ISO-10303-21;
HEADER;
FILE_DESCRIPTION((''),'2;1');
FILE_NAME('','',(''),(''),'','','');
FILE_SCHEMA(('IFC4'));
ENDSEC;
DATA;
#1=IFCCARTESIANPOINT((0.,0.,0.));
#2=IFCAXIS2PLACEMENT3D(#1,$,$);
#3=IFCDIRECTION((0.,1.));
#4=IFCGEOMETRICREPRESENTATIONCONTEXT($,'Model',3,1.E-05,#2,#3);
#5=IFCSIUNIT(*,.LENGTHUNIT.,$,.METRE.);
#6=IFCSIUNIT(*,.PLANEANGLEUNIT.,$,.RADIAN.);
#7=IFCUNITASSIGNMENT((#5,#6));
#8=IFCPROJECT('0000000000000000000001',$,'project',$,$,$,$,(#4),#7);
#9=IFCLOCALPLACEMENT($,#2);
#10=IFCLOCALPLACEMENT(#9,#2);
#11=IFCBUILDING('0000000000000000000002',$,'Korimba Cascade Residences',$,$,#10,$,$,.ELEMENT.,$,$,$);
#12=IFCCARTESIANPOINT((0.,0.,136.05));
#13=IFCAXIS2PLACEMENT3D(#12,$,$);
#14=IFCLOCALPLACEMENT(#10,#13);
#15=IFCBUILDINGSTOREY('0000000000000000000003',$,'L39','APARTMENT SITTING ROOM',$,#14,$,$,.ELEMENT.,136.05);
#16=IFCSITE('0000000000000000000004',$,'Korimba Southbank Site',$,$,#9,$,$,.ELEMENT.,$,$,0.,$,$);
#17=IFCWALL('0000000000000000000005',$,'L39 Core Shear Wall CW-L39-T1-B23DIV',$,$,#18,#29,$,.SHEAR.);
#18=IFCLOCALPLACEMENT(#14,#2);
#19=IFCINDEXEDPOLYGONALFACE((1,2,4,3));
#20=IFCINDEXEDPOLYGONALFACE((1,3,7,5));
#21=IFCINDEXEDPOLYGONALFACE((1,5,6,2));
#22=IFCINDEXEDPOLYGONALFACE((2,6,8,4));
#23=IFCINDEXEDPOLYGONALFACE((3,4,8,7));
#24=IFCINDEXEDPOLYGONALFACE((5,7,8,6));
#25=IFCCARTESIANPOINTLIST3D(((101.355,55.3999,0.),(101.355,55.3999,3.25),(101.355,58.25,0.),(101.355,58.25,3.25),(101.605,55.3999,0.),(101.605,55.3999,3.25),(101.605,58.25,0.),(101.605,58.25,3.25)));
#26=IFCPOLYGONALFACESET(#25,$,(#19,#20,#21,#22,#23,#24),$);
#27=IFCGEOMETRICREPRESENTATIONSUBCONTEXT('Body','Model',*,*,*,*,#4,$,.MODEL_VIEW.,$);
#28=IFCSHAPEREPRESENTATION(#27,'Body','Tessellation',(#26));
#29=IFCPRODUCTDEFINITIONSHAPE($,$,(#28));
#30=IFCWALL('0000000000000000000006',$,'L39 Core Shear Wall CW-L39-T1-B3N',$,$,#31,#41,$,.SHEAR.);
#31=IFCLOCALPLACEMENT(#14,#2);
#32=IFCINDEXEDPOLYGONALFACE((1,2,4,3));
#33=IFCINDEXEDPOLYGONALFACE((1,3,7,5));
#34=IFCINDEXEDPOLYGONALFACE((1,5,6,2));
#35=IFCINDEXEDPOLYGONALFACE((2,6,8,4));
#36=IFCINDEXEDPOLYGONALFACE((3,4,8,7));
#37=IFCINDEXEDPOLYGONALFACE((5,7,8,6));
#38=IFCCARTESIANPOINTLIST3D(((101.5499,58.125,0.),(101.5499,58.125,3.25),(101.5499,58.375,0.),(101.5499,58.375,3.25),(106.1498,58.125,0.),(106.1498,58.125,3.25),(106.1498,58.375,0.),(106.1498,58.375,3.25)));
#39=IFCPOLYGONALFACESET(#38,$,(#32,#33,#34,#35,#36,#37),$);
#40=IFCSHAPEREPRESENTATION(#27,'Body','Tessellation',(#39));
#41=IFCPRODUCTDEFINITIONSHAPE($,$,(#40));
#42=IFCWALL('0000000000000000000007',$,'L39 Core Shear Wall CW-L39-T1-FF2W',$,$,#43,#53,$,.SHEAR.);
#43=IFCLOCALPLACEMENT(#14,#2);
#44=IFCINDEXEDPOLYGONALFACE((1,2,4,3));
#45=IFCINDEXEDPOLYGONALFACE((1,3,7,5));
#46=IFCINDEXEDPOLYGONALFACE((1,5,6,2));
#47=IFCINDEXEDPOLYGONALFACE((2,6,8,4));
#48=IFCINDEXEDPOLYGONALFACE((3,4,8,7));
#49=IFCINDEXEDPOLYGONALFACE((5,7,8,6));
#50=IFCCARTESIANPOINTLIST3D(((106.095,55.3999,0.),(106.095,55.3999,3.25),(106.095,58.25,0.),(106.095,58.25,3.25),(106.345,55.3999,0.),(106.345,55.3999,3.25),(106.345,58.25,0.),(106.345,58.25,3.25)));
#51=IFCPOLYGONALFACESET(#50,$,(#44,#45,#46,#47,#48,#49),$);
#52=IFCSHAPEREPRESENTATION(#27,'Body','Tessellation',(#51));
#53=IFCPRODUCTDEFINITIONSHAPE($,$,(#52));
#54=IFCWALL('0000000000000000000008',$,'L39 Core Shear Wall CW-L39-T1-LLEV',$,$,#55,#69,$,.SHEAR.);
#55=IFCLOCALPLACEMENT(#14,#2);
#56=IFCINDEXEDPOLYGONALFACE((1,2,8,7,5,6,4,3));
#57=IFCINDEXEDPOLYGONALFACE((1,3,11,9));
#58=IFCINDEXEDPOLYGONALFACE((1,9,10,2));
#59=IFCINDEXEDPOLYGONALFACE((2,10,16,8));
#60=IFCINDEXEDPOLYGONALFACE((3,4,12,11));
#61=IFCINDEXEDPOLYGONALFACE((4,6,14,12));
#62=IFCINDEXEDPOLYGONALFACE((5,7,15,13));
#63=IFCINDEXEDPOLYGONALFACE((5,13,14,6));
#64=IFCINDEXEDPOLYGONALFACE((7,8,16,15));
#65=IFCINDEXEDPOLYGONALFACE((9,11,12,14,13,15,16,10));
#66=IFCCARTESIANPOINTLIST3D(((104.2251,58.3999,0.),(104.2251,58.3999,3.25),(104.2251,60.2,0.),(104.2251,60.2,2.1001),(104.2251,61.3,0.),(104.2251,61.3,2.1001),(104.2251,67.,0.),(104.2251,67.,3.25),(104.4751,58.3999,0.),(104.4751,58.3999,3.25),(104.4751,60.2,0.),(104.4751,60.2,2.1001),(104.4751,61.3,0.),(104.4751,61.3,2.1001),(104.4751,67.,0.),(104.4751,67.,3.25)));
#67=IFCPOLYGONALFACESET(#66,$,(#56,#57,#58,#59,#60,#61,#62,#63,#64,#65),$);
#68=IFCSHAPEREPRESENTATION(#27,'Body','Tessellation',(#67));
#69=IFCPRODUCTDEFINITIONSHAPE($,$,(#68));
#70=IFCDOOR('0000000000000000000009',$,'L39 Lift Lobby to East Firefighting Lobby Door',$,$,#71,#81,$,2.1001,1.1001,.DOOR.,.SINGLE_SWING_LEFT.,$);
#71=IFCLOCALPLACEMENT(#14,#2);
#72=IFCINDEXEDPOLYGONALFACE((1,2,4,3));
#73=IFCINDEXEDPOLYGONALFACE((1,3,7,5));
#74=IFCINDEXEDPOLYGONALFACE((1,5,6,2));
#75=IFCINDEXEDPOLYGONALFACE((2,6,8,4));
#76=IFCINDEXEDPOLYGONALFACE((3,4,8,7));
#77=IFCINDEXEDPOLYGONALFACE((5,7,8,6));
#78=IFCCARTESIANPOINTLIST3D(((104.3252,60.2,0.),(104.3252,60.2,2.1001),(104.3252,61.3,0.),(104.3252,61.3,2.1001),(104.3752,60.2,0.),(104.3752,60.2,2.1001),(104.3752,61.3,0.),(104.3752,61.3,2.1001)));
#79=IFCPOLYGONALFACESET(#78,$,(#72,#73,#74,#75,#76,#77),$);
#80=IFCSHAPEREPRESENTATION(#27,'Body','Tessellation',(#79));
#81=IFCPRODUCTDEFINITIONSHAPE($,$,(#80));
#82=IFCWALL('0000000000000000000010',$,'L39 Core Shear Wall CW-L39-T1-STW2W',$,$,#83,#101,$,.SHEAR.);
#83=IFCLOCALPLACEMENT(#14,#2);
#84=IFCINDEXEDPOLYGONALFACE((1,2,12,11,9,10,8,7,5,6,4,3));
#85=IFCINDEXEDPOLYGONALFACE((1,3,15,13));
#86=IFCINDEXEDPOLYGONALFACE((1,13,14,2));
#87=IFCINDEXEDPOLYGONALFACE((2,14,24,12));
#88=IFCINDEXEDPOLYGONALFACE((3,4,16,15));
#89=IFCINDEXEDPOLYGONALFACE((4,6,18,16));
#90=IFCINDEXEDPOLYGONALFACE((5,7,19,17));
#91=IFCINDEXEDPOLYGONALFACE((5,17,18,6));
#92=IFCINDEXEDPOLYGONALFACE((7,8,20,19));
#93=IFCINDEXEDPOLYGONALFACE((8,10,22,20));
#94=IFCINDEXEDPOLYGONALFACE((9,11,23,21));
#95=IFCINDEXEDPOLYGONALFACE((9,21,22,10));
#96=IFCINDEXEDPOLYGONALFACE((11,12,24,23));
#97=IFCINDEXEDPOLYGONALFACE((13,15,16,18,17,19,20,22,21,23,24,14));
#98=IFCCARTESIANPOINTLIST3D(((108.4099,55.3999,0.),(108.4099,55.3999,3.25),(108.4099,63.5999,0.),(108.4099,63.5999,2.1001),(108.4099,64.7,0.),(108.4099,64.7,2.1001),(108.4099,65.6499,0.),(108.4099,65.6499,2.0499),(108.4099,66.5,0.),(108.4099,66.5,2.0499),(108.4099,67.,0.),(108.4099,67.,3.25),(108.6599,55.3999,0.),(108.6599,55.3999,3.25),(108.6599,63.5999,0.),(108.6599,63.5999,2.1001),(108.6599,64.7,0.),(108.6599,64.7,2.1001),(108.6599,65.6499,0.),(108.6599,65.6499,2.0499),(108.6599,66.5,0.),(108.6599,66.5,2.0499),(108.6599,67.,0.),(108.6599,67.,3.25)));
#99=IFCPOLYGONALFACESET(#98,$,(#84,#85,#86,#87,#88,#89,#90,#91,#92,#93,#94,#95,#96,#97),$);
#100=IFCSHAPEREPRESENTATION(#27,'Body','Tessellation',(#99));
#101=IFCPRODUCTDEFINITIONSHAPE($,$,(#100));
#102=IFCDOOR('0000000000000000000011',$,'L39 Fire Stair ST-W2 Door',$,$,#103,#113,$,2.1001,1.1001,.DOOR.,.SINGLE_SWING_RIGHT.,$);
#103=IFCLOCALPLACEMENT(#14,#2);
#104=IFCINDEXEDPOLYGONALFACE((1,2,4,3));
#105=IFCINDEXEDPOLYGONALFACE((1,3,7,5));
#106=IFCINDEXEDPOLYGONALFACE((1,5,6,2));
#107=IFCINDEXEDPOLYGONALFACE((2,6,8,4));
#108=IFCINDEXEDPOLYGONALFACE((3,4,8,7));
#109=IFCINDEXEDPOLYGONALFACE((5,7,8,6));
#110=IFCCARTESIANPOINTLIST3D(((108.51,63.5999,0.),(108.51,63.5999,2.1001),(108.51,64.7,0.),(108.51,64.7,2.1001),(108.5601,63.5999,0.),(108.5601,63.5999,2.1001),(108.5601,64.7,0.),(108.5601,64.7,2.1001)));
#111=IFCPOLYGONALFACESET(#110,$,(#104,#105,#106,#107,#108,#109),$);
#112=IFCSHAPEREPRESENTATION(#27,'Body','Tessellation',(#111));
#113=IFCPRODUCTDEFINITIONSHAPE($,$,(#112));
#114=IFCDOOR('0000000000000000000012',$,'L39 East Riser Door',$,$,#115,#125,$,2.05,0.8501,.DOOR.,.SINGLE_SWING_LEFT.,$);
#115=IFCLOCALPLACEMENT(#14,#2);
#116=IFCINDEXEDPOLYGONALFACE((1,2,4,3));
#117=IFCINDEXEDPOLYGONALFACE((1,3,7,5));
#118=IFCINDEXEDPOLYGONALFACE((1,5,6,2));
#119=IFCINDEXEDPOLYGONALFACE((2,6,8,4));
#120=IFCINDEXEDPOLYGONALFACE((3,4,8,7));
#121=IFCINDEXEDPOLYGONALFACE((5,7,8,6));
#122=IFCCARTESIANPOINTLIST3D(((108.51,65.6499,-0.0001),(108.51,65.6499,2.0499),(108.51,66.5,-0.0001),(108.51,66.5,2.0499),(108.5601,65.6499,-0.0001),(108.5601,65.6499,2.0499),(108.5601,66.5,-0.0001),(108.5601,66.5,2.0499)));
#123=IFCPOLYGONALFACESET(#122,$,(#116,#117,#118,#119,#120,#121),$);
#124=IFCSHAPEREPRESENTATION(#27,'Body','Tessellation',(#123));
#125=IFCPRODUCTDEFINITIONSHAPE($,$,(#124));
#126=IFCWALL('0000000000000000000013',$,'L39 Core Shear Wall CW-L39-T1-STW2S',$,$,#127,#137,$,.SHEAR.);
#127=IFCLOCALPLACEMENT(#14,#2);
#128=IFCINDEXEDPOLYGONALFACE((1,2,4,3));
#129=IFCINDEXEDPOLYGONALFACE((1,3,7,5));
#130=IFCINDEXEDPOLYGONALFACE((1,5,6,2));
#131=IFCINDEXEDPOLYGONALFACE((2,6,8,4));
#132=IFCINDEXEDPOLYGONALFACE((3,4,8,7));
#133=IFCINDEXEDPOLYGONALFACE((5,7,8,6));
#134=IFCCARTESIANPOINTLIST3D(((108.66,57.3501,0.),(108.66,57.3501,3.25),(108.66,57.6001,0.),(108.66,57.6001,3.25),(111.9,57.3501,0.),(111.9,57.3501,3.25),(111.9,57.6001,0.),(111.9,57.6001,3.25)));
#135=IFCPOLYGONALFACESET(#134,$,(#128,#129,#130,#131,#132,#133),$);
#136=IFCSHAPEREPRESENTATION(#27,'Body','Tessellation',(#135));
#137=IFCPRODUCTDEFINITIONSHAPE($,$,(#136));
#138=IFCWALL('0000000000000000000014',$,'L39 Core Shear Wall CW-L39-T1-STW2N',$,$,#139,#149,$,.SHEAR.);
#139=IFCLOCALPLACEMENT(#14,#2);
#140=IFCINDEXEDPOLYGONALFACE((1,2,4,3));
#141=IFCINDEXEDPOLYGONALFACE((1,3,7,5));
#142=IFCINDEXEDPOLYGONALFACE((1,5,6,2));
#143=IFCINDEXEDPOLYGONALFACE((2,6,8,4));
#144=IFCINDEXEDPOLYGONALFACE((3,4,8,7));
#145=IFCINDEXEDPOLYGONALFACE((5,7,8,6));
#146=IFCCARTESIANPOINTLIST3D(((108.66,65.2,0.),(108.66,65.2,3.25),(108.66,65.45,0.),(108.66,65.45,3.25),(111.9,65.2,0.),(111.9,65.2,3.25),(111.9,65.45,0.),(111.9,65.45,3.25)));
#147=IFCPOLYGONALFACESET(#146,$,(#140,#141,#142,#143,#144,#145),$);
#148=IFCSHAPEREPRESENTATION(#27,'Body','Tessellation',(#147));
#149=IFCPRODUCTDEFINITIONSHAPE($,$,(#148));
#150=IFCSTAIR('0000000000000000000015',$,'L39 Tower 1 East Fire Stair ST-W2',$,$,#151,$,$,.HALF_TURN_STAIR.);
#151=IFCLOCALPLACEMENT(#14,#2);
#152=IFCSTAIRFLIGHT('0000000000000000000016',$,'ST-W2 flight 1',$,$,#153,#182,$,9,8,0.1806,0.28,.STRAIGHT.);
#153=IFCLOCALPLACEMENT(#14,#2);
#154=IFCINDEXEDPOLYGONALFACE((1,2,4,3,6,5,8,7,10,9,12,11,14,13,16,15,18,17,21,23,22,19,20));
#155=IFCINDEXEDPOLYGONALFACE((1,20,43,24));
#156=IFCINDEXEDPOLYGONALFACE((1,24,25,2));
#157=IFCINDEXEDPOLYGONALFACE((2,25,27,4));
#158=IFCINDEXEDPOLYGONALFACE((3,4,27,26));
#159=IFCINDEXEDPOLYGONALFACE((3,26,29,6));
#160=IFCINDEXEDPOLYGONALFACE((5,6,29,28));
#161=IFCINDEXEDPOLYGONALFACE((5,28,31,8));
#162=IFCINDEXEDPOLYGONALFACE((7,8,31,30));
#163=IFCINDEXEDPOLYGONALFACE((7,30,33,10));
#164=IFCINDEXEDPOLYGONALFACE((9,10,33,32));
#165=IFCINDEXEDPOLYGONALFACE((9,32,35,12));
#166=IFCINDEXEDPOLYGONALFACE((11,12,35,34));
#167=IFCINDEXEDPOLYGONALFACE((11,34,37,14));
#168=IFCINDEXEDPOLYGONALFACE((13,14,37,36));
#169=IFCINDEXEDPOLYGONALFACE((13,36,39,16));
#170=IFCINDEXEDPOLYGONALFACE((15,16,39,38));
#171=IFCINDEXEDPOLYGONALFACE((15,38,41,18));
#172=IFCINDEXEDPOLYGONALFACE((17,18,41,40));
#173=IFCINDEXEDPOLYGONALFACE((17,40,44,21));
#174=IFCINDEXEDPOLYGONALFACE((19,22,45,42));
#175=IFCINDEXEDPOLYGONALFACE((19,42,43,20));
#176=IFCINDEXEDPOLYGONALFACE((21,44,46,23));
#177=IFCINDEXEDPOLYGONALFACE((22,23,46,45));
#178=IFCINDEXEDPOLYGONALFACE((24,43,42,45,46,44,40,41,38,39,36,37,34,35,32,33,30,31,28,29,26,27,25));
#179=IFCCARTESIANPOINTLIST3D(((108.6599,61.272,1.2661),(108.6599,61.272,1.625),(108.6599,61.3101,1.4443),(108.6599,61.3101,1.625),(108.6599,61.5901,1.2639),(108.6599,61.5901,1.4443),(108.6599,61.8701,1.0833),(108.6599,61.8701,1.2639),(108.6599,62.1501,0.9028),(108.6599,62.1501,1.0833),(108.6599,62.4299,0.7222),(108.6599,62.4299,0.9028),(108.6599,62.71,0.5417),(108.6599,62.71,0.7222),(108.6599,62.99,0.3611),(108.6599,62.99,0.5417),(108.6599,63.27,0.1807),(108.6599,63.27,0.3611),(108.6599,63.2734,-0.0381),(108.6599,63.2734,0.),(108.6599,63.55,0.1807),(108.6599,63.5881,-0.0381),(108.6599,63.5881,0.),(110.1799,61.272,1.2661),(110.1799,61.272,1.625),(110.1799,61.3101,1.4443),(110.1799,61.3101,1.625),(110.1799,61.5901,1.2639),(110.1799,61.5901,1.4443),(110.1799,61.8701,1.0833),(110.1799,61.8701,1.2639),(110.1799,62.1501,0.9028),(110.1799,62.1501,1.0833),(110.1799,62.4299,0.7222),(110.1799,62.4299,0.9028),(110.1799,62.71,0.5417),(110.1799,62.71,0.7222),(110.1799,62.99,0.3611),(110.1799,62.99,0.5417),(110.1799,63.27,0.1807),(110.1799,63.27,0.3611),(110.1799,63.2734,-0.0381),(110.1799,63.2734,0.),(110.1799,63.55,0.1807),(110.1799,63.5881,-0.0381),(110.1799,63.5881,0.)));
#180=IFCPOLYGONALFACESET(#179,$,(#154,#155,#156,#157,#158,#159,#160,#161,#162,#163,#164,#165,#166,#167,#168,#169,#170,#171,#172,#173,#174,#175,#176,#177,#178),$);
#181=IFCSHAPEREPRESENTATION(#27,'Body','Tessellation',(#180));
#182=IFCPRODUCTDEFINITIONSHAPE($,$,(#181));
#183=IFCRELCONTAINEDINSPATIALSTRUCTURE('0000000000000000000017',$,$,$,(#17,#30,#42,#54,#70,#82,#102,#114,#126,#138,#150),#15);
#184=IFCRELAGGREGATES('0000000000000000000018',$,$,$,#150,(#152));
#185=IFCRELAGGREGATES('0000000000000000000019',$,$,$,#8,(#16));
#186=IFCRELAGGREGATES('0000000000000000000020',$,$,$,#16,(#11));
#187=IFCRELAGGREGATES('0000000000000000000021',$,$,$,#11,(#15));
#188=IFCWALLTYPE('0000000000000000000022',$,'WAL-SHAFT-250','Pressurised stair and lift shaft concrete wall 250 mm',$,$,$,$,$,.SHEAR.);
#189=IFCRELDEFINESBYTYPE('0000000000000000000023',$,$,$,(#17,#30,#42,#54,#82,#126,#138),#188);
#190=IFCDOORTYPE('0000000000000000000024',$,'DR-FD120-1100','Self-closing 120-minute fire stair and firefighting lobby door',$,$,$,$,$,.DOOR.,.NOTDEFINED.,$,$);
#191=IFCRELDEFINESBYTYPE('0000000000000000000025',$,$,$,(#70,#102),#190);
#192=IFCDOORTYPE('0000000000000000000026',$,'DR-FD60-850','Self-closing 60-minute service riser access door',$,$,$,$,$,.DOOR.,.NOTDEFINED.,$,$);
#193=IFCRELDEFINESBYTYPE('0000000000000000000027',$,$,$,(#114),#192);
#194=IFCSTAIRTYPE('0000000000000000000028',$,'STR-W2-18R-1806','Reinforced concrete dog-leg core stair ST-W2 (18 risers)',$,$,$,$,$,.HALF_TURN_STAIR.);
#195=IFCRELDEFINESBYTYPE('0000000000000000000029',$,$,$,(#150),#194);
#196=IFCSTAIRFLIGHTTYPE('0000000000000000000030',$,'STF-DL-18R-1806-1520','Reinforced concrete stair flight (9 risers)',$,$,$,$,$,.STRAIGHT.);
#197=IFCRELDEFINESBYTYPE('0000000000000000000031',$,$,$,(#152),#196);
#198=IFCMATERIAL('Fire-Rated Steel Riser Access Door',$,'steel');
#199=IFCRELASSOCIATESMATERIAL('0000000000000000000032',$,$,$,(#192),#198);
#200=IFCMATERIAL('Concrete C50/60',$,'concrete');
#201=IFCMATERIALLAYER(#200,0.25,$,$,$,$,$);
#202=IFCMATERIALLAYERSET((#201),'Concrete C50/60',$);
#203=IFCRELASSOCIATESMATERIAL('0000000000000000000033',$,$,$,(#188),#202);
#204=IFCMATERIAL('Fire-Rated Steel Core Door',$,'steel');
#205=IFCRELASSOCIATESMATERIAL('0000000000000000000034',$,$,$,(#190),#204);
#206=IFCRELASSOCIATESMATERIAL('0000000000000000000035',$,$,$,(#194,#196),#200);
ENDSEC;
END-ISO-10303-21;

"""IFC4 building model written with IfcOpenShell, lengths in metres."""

from ifc_helpers import new_model, si_unit, direction, frame, frame_2d, origin, place, context, subcontext, project, spatial, polyline, rectangle, outline, extrude, material, layer, layer_set, type_object, element, fill, aggregate, save


model = new_model("IFC4")

# Units and contexts
model_context = context("Model", 3, precision=1e-05, world=origin(), true_north=direction((0.0, 1.0)))
body_context = subcontext(model_context, "Body", "Model", "MODEL_VIEW")
ifc_project = project(units=[si_unit("LENGTHUNIT", "METRE"), si_unit("PLANEANGLEUNIT", "RADIAN")], contexts=[model_context])

# Site, building, storey
site_placement = place(None, origin())
site = spatial("IfcSite", under=ifc_project, at=site_placement, Name="Korimba Southbank Site", CompositionType="ELEMENT", RefElevation=0.0)
building_placement = place(site_placement, origin())
building = spatial("IfcBuilding", under=site, at=building_placement, Name="Korimba Cascade Residences", CompositionType="ELEMENT")
storey_placement = place(building_placement, frame((0.0, 0.0, 136.05)))
storey = spatial("IfcBuildingStorey", under=building, at=storey_placement, Name="L39", Description="APARTMENT SITTING ROOM", CompositionType="ELEMENT", Elevation=136.05)

# Shared definitions
ifc_material_1 = material(Name="Fire-Rated Steel Riser Access Door", Category="steel")
door_type_1 = type_object("IfcDoorType", Name="DR-FD60-850", Description="Self-closing 60-minute service riser access door", OperationType="NOTDEFINED", PredefinedType="DOOR", material=ifc_material_1)

# Walls
ifc_material_2 = material(Name="Concrete C50/60", Category="concrete")
ifc_layer_1 = layer(ifc_material_2, 0.25)
ifc_layer_set_1 = layer_set([ifc_layer_1], Name="Concrete C50/60")
wall_type_1 = type_object("IfcWallType", Name="WAL-SHAFT-250", Description="Pressurised stair and lift shaft concrete wall 250 mm", PredefinedType="SHEAR", material=ifc_layer_set_1)
wall_1_placement = place(storey_placement, frame((101.48, 55.3999, 0.0), z_axis=(0.0, 0.0, 1.0), x_axis=(0.0, 1.0, 0.0)))
element("IfcWall", 1, at=wall_1_placement, inside=storey, type_object=wall_type_1, Name="L39 Core Shear Wall CW-L39-T1-B23DIV", PredefinedType="SHEAR", context=body_context, shape_type="SweptSolid", body=[
    extrude(rectangle(XDim=2.8501, YDim=0.25, at=frame_2d((1.425, 0.0))), origin(), (0.0, 0.0, 1.0), 3.25),
])
wall_2_placement = place(storey_placement, frame((101.55, 58.25, 0.0), z_axis=(0.0, 0.0, 1.0), x_axis=(1.0, 0.0, 0.0)))
element("IfcWall", 2, at=wall_2_placement, inside=storey, type_object=wall_type_1, Name="L39 Core Shear Wall CW-L39-T1-B3N", PredefinedType="SHEAR", context=body_context, shape_type="SweptSolid", body=[
    extrude(rectangle(XDim=4.5999, YDim=0.25, at=frame_2d((2.2998, 0.0))), origin(), (0.0, 0.0, 1.0), 3.25),
])
wall_3_placement = place(storey_placement, frame((106.22, 55.3999, 0.0), z_axis=(0.0, 0.0, 1.0), x_axis=(0.0, 1.0, 0.0)))
element("IfcWall", 3, at=wall_3_placement, inside=storey, type_object=wall_type_1, Name="L39 Core Shear Wall CW-L39-T1-FF2W", PredefinedType="SHEAR", context=body_context, shape_type="SweptSolid", body=[
    extrude(rectangle(XDim=2.8501, YDim=0.25, at=frame_2d((1.425, 0.0))), origin(), (0.0, 0.0, 1.0), 3.25),
])

# Wall, opening, door
wall_4_placement = place(storey_placement, frame((104.3501, 58.3999, 0.0), z_axis=(0.0, 0.0, 1.0), x_axis=(0.0, 1.0, 0.0)))
wall_4 = element("IfcWall", 4, at=wall_4_placement, inside=storey, type_object=wall_type_1, Name="L39 Core Shear Wall CW-L39-T1-LLEV", PredefinedType="SHEAR", context=body_context, shape_type="SweptSolid", body=[
    extrude(rectangle(XDim=8.6001, YDim=0.25, at=frame_2d((4.3, 0.0))), origin(), (0.0, 0.0, 1.0), 3.25),
])
opening_1_placement = place(wall_4_placement, frame((1.8, 0.0, 0.0)))
opening_1 = element("IfcOpeningElement", 5, at=opening_1_placement, cuts=wall_4, PredefinedType="OPENING", context=body_context, shape_type="SweptSolid", body=[
    extrude(rectangle(XDim=1.1001, YDim=2.1001, at=frame_2d((0.55, 1.05))), frame((0.0, 0.135, 0.0), z_axis=(0.0, -1.0, 0.0), x_axis=(1.0, 0.0, 0.0)), (0.0, 0.0, 1.0), 0.27),
])
ifc_material_3 = material(Name="Fire-Rated Steel Core Door", Category="steel")
door_type_2 = type_object("IfcDoorType", Name="DR-FD120-1100", Description="Self-closing 120-minute fire stair and firefighting lobby door", OperationType="NOTDEFINED", PredefinedType="DOOR", material=ifc_material_3)
door_1_placement = place(opening_1_placement, origin())
door_1 = element("IfcDoor", 6, at=door_1_placement, inside=storey, type_object=door_type_2, Name="L39 Lift Lobby to East Firefighting Lobby Door", OperationType="SINGLE_SWING_LEFT", OverallHeight=2.1001, OverallWidth=1.1001, PredefinedType="DOOR", context=body_context, shape_type="SweptSolid", body=[
    extrude(rectangle(XDim=1.1001, YDim=2.1001, at=frame_2d((0.55, 1.05))), frame((0.0, 0.0249, 0.0), z_axis=(0.0, -1.0, 0.0), x_axis=(1.0, 0.0, 0.0)), (0.0, 0.0, 1.0), 0.05),
])
fill(opening_1, door_1)

# Wall, openings, doors
wall_5_placement = place(storey_placement, frame((108.5349, 55.3999, 0.0), z_axis=(0.0, 0.0, 1.0), x_axis=(0.0, 1.0, 0.0)))
wall_5 = element("IfcWall", 7, at=wall_5_placement, inside=storey, type_object=wall_type_1, Name="L39 Core Shear Wall CW-L39-T1-STW2W", PredefinedType="SHEAR", context=body_context, shape_type="SweptSolid", body=[
    extrude(rectangle(XDim=11.6001, YDim=0.25, at=frame_2d((5.8, 0.0))), origin(), (0.0, 0.0, 1.0), 3.25),
])
opening_2_placement = place(wall_5_placement, frame((8.2, 0.0, 0.0)))
opening_2 = element("IfcOpeningElement", 8, at=opening_2_placement, cuts=wall_5, PredefinedType="OPENING", context=body_context, shape_type="SweptSolid", body=[
    extrude(rectangle(XDim=1.1001, YDim=2.1001, at=frame_2d((0.55, 1.05))), frame((0.0, 0.135, 0.0), z_axis=(0.0, -1.0, 0.0), x_axis=(1.0, 0.0, 0.0)), (0.0, 0.0, 1.0), 0.27),
])
opening_3_placement = place(wall_5_placement, frame((10.25, 0.0, 0.0)))
opening_3 = element("IfcOpeningElement", 9, at=opening_3_placement, cuts=wall_5, PredefinedType="OPENING", context=body_context, shape_type="SweptSolid", body=[
    extrude(rectangle(XDim=0.8501, YDim=2.05, at=frame_2d((0.425, 1.0249))), frame((0.0, 0.135, 0.0), z_axis=(0.0, -1.0, 0.0), x_axis=(1.0, 0.0, 0.0)), (0.0, 0.0, 1.0), 0.27),
])
door_2_placement = place(opening_2_placement, origin())
door_2 = element("IfcDoor", 10, at=door_2_placement, inside=storey, type_object=door_type_2, Name="L39 Fire Stair ST-W2 Door", OperationType="SINGLE_SWING_RIGHT", OverallHeight=2.1001, OverallWidth=1.1001, PredefinedType="DOOR", context=body_context, shape_type="SweptSolid", body=[
    extrude(rectangle(XDim=1.1001, YDim=2.1001, at=frame_2d((0.55, 1.05))), frame((0.0, 0.0249, 0.0), z_axis=(0.0, -1.0, 0.0), x_axis=(1.0, 0.0, 0.0)), (0.0, 0.0, 1.0), 0.05),
])
fill(opening_2, door_2)
door_3_placement = place(opening_3_placement, origin())
door_3 = element("IfcDoor", 11, at=door_3_placement, inside=storey, type_object=door_type_1, Name="L39 East Riser Door", OperationType="SINGLE_SWING_LEFT", OverallHeight=2.05, OverallWidth=0.8501, PredefinedType="DOOR", context=body_context, shape_type="SweptSolid", body=[
    extrude(rectangle(XDim=0.8501, YDim=2.05, at=frame_2d((0.425, 1.0249))), frame((0.0, 0.0249, 0.0), z_axis=(0.0, -1.0, 0.0), x_axis=(1.0, 0.0, 0.0)), (0.0, 0.0, 1.0), 0.05),
])
fill(opening_3, door_3)

# Walls
for number, where, z_axis, x_axis, name in (
    (12, (108.6599, 57.4751, 0.0), (0.0, 0.0, 1.0), (1.0, 0.0, 0.0), "L39 Core Shear Wall CW-L39-T1-STW2S"),
    (13, (108.6599, 65.325, 0.0), (0.0, 0.0, 1.0), (1.0, 0.0, 0.0), "L39 Core Shear Wall CW-L39-T1-STW2N"),
):
    element("IfcWall", number, at=place(storey_placement, frame(where, z_axis=z_axis, x_axis=x_axis)), inside=storey, type_object=wall_type_1, Name=name, PredefinedType="SHEAR", context=body_context, shape_type="SweptSolid", body=[
        extrude(rectangle(XDim=3.24, YDim=0.25, at=frame_2d((1.6201, 0.0))), origin(), (0.0, 0.0, 1.0), 3.25),
    ])

# Stair, stair flight
stair_type = type_object("IfcStairType", Name="STR-W2-18R-1806", Description="Reinforced concrete dog-leg core stair ST-W2 (18 risers)", PredefinedType="HALF_TURN_STAIR", material=ifc_material_2)
stair_placement = place(storey_placement, origin())
stair = element("IfcStair", 14, at=stair_placement, inside=storey, type_object=stair_type, Name="L39 Tower 1 East Fire Stair ST-W2", PredefinedType="HALF_TURN_STAIR")
stair_flight_type = type_object("IfcStairFlightType", Name="STF-DL-18R-1806-1520", Description="Reinforced concrete stair flight (9 risers)", PredefinedType="STRAIGHT", material=ifc_material_2)
stair_flight_placement = place(storey_placement, frame((109.4199, 63.55, 0.0), z_axis=(0.0, 0.0, 1.0), x_axis=(0.0, -1.0, 0.0)))
stair_flight = element("IfcStairFlight", 15, at=stair_flight_placement, type_object=stair_flight_type, Name="ST-W2 flight 1", NumberOfRisers=9, NumberOfTreads=8, PredefinedType="STRAIGHT", RiserHeight=0.1806, TreadLength=0.28, context=body_context, shape_type="SweptSolid", body=[
    extrude(outline(polyline([(-0.0381, 0.0), (0.0, 0.1807), (0.28, 0.1807), (0.28, 0.3611), (0.5601, 0.3611), (0.5601, 0.5417), (0.8401, 0.5417), (0.8401, 0.7222), (1.1201, 0.7222), (1.1201, 0.9028), (1.3999, 0.9028), (1.3999, 1.0833), (1.6799, 1.0833), (1.6799, 1.2639), (1.96, 1.2639), (1.96, 1.4443), (2.24, 1.4443), (2.24, 1.625), (2.2781, 1.625), (2.2781, 1.2661), (0.2766, 0.0), (0.2766, -0.0381), (-0.0381, -0.0381), (-0.0381, 0.0)])), frame((0.0, 0.76, 0.0), z_axis=(0.0, -1.0, 0.0), x_axis=(1.0, 0.0, 0.0)), (0.0, 0.0, 1.0), 1.52),
])
aggregate(stair, [stair_flight])

save(model, "model.ifc")
